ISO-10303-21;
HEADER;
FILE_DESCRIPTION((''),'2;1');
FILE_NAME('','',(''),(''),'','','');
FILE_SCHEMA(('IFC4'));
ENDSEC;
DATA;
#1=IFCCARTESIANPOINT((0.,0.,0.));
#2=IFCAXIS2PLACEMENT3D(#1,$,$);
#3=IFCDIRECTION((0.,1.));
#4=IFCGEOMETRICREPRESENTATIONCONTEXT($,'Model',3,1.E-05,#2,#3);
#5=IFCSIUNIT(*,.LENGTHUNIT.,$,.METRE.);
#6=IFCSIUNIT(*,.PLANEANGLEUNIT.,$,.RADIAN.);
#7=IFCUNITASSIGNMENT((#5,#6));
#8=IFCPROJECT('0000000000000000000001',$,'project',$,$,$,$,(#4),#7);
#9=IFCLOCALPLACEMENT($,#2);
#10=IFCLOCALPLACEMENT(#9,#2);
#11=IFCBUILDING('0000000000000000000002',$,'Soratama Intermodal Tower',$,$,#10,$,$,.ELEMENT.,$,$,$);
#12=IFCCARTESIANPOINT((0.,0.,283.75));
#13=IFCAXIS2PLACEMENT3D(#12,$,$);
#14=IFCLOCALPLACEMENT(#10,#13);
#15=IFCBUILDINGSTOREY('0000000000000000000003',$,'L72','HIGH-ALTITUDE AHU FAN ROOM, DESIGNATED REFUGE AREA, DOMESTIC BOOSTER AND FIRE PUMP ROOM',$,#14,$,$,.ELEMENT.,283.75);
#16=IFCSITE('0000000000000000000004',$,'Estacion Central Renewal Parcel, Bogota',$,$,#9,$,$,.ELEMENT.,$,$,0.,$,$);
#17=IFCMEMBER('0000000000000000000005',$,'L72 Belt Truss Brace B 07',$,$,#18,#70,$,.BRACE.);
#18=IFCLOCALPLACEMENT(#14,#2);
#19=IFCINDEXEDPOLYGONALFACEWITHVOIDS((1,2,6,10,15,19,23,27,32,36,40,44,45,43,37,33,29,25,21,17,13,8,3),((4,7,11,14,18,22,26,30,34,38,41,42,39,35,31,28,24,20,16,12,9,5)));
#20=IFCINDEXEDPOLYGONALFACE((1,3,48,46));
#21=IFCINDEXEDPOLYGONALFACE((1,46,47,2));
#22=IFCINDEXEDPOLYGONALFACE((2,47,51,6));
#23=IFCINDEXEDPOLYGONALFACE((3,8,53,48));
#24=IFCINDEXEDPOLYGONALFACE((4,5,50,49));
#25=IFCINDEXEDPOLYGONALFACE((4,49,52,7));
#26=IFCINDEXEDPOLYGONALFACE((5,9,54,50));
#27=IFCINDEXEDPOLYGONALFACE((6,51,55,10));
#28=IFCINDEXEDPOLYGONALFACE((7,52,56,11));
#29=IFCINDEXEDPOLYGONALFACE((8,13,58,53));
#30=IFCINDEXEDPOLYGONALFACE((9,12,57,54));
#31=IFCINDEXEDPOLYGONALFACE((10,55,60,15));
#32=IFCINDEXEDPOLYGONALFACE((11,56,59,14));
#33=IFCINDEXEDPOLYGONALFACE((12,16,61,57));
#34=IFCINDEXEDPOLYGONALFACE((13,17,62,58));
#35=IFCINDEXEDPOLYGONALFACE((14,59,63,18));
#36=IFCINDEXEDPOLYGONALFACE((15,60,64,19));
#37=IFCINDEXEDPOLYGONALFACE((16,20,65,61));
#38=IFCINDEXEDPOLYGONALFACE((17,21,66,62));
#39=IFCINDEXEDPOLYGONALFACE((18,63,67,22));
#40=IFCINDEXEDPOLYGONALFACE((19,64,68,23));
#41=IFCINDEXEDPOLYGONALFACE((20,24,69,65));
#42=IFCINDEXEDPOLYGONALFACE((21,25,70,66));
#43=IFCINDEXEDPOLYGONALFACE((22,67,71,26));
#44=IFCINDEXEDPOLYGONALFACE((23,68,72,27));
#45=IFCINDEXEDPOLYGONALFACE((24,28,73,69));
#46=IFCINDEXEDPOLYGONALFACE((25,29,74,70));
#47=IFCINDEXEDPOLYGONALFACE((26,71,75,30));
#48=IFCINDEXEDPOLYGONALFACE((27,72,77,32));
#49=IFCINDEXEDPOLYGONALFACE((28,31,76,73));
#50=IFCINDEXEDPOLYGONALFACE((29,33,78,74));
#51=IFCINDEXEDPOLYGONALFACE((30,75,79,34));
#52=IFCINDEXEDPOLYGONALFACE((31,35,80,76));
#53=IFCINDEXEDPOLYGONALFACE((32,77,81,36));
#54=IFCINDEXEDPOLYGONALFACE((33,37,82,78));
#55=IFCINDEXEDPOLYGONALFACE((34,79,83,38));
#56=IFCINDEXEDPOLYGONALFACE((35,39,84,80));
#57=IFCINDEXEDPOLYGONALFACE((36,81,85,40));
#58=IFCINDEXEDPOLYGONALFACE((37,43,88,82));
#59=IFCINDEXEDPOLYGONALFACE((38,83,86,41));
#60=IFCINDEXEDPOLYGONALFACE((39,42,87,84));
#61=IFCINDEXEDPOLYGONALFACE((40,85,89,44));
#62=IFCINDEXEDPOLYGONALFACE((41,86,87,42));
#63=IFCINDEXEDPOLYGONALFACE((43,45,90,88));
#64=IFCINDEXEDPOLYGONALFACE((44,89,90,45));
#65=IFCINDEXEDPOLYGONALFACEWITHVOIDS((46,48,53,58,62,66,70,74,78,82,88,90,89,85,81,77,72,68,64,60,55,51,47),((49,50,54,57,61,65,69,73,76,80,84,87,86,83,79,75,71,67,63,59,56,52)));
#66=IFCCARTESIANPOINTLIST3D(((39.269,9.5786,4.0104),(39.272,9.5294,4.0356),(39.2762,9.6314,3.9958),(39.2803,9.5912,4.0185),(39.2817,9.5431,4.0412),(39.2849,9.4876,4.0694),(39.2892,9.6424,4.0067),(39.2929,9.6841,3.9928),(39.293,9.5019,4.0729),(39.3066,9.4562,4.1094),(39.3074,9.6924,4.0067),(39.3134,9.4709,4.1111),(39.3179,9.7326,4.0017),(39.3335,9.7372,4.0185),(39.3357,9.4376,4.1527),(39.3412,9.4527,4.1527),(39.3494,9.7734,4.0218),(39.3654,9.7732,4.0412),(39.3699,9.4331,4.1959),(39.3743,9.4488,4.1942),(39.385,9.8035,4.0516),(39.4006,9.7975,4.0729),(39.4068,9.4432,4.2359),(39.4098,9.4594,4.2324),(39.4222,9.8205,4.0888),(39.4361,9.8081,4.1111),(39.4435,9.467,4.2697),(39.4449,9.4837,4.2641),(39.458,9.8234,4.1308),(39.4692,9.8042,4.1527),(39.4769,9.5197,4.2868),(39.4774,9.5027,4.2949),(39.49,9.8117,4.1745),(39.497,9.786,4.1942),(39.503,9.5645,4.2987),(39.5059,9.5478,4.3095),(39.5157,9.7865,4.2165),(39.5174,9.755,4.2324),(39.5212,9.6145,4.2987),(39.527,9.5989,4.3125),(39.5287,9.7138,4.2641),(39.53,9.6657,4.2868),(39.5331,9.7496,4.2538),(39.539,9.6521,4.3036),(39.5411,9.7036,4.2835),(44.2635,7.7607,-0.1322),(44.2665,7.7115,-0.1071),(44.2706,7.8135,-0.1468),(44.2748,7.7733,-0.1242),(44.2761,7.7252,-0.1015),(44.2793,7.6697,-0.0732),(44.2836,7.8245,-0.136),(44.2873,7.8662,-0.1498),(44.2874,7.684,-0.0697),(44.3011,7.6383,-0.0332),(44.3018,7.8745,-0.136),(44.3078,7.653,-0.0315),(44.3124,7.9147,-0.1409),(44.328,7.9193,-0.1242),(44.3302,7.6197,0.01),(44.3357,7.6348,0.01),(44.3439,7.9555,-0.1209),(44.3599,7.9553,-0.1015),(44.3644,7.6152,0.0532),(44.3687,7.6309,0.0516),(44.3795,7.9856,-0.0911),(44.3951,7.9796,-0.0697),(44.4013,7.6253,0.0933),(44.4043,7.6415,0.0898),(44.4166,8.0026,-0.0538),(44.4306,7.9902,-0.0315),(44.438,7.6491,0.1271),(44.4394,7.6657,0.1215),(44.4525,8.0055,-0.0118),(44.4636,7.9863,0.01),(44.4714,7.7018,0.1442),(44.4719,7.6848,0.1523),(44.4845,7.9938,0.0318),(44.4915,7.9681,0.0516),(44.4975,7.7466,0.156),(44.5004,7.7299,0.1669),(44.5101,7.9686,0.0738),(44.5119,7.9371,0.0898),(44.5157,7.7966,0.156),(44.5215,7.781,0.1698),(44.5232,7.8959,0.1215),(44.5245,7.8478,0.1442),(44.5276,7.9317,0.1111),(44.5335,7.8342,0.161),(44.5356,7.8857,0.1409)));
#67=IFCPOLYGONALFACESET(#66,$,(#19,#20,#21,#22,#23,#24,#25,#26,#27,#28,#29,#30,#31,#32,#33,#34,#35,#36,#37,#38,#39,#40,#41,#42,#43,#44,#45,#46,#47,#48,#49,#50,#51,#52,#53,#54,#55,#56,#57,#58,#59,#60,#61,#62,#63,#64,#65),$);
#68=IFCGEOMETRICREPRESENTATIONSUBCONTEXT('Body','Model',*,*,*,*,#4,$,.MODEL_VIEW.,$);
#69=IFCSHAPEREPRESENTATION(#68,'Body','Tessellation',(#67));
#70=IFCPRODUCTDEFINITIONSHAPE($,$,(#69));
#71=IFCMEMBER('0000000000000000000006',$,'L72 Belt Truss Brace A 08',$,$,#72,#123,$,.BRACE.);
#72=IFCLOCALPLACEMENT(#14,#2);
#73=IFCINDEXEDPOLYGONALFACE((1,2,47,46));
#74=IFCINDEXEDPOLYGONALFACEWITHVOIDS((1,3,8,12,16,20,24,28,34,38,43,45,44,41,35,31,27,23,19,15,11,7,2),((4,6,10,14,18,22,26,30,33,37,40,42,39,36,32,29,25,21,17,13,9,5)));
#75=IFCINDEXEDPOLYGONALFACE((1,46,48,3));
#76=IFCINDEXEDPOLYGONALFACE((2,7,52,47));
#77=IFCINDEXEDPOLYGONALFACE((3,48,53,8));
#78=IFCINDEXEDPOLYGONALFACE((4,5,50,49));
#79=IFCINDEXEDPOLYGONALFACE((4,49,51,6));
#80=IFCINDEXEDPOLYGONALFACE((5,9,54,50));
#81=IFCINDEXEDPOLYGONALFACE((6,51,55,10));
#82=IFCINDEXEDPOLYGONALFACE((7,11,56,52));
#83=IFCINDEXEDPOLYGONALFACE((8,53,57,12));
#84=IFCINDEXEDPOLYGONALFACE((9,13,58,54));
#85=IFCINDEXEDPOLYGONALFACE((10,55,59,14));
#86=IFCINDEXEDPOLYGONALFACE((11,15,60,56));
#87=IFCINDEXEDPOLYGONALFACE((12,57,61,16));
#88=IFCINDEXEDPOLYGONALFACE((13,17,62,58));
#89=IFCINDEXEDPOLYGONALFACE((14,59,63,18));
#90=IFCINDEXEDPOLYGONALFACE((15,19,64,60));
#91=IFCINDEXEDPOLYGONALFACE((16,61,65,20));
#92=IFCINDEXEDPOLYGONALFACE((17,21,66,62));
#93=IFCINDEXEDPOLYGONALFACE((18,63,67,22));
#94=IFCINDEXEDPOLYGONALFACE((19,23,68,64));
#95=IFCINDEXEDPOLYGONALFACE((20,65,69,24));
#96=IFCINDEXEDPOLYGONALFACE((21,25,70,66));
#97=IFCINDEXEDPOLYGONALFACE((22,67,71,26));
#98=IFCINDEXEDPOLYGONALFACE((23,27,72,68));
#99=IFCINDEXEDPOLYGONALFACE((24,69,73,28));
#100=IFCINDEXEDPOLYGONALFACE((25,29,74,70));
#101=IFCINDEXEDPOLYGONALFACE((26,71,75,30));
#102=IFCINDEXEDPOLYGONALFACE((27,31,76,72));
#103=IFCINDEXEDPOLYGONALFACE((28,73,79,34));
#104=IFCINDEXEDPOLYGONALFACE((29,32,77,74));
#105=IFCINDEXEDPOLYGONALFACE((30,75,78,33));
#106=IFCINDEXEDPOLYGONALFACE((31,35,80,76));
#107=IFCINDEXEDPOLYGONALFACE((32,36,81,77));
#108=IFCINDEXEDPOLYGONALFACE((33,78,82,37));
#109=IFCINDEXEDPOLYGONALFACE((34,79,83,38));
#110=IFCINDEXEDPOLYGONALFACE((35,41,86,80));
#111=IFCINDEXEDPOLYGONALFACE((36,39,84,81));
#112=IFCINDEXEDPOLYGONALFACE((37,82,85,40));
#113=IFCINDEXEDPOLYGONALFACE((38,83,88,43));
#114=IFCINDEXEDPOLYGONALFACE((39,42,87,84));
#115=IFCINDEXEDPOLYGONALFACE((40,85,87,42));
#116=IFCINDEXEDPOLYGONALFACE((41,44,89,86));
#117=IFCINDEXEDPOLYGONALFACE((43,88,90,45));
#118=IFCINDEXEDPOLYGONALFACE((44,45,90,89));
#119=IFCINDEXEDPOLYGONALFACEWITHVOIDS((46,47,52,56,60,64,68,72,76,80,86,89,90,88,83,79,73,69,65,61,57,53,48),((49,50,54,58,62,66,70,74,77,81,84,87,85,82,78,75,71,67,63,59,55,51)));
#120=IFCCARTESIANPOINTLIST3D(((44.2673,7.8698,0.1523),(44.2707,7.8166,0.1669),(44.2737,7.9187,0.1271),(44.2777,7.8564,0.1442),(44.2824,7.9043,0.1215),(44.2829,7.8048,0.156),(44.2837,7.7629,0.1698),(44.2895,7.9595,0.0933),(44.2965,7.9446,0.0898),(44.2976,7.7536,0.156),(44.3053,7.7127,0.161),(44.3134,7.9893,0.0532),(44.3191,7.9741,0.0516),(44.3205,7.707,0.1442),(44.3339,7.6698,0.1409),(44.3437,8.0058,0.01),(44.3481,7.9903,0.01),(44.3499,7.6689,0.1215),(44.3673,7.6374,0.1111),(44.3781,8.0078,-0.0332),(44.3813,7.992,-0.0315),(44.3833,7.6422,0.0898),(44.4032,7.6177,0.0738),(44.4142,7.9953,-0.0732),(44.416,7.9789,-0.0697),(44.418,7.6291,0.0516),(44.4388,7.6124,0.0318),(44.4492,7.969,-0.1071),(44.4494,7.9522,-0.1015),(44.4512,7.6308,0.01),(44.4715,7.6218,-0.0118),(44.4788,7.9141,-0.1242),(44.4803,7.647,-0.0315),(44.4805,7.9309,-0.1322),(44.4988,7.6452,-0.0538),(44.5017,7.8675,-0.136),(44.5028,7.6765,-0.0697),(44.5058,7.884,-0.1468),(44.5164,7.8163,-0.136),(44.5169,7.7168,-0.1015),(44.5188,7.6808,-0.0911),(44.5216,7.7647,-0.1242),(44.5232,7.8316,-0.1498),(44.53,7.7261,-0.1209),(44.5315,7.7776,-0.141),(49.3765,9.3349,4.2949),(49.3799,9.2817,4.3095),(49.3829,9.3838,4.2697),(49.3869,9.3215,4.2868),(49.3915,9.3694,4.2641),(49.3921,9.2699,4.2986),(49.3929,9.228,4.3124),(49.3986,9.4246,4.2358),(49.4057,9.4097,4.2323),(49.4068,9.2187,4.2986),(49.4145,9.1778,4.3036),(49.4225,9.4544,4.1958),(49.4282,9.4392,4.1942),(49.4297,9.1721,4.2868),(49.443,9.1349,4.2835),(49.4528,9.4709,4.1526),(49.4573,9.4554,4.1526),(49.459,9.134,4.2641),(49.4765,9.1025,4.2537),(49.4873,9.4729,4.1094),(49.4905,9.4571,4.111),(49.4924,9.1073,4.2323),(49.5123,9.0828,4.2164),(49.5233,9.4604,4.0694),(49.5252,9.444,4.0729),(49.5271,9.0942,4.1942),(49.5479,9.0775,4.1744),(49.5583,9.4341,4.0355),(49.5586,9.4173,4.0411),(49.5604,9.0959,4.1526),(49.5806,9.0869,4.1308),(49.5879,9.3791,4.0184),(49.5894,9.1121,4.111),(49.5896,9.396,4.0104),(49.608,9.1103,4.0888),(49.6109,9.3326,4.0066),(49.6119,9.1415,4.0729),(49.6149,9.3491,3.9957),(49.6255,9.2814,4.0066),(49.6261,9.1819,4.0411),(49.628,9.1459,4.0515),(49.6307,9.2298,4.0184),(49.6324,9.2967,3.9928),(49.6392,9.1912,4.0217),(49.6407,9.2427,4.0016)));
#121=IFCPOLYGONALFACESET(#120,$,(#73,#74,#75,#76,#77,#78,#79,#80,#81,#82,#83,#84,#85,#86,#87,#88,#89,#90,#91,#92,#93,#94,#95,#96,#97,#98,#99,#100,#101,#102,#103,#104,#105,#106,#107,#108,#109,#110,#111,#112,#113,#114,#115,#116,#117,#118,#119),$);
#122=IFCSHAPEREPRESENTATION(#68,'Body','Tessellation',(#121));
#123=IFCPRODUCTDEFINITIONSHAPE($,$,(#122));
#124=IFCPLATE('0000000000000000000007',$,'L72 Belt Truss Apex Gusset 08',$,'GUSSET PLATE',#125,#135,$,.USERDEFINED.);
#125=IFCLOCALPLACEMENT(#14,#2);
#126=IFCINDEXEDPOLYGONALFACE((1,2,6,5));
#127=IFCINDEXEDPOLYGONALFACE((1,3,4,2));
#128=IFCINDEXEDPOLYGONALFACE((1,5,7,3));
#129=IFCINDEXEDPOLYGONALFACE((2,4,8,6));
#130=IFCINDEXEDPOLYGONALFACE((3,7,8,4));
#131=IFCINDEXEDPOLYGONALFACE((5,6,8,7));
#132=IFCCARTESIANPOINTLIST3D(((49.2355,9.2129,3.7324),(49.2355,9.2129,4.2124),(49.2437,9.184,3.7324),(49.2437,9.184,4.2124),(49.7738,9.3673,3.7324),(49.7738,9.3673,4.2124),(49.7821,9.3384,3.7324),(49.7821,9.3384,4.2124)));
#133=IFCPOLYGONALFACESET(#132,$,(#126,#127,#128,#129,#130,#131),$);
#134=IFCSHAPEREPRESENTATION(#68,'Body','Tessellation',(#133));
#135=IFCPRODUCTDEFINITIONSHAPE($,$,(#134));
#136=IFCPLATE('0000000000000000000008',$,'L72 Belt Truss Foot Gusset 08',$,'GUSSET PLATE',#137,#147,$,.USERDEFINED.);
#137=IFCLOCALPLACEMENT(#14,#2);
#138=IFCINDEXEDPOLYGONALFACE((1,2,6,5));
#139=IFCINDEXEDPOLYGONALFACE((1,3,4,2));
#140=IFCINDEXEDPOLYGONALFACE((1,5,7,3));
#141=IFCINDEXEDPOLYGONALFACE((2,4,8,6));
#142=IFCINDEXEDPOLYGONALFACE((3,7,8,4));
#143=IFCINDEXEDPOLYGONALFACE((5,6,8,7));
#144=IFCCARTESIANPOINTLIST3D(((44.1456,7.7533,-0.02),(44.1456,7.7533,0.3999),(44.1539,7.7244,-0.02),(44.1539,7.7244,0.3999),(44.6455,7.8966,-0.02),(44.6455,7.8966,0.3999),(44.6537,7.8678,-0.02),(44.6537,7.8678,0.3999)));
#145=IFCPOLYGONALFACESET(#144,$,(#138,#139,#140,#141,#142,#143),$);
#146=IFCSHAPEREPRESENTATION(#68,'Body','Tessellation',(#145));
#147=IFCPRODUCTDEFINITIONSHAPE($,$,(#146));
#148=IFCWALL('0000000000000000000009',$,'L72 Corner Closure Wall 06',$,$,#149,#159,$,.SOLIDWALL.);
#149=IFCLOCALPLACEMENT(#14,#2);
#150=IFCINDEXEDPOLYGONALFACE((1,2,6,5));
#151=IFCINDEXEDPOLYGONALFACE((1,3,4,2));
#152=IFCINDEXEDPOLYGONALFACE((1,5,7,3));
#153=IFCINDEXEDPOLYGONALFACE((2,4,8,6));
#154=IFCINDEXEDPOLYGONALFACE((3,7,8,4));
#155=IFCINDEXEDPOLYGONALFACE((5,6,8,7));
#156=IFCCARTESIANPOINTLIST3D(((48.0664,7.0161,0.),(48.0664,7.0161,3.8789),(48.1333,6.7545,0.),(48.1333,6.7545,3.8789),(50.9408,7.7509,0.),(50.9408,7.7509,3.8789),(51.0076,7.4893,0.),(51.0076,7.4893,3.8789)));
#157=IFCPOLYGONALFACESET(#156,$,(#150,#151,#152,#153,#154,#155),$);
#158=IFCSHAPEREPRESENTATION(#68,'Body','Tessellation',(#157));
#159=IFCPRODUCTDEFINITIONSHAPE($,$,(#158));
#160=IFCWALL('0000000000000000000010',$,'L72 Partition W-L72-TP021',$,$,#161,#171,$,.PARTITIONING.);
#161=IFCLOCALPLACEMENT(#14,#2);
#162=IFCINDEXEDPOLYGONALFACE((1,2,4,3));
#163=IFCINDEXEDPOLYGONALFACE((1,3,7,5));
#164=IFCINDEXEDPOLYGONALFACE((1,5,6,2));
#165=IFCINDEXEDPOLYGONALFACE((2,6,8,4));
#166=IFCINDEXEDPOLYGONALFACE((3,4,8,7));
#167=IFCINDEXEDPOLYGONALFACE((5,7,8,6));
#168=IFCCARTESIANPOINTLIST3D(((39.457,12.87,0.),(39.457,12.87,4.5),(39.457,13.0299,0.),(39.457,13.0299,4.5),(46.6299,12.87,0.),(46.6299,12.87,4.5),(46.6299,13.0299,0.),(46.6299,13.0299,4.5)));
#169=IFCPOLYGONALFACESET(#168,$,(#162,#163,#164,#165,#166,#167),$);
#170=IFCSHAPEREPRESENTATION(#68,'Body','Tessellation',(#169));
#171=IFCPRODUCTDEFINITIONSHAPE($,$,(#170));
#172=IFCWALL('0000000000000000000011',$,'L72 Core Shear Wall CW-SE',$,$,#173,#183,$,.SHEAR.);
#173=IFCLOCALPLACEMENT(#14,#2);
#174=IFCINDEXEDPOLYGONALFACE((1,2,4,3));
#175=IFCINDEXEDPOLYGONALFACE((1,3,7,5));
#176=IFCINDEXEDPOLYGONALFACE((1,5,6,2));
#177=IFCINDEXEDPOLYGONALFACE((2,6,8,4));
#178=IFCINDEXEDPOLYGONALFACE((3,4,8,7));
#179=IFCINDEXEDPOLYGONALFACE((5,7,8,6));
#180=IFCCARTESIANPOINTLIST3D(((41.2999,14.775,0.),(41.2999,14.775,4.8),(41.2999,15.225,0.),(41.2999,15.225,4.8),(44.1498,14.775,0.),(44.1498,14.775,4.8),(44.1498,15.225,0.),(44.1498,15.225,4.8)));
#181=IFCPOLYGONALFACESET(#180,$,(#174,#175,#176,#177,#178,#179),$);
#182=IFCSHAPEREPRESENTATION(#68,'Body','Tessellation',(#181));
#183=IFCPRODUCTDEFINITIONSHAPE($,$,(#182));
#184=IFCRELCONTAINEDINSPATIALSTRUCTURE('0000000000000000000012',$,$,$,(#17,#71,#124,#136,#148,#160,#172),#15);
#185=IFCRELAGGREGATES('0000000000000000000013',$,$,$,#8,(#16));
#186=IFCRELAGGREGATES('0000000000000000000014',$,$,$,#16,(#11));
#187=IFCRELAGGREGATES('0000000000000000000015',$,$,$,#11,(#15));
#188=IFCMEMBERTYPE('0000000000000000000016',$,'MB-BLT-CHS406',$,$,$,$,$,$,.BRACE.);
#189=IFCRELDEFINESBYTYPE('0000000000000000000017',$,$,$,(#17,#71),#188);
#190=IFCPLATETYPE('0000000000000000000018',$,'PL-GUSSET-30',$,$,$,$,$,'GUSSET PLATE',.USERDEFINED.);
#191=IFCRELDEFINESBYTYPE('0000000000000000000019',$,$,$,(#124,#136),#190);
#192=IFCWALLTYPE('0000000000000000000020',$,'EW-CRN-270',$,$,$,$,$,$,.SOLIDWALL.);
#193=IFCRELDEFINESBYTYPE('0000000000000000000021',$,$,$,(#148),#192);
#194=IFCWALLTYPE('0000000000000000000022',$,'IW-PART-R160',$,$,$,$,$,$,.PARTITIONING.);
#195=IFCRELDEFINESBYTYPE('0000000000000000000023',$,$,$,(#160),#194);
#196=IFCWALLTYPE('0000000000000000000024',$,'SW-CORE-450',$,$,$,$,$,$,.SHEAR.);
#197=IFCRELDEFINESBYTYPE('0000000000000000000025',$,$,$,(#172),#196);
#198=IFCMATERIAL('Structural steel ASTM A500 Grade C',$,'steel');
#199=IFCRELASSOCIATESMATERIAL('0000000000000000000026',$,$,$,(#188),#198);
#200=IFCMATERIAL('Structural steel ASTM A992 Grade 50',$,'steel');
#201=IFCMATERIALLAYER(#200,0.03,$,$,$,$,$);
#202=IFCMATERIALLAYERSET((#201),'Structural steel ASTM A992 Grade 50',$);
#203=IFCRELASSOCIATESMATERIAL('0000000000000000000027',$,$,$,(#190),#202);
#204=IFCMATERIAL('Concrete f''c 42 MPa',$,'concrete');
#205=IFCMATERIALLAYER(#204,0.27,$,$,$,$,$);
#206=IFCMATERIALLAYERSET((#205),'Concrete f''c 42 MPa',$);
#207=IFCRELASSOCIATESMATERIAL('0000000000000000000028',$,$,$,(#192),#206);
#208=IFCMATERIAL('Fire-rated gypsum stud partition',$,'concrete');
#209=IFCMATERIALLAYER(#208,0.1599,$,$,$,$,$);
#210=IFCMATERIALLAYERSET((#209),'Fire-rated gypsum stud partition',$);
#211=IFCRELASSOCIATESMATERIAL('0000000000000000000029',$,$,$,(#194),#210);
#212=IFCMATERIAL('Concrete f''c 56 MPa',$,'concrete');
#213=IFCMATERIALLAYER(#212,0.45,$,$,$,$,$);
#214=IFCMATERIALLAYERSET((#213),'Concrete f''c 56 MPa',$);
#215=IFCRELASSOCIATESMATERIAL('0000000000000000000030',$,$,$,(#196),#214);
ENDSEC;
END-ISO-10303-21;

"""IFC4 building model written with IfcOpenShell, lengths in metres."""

from ifc_helpers import new_model, si_unit, direction, frame, frame_2d, origin, origin_2d, place, context, subcontext, project, spatial, rectangle, hollow_circle, extrude, material, layer, layer_set, material_profile, profile_set, type_object, element, save


model = new_model("IFC4")

# Units and contexts
model_context = context("Model", 3, precision=1e-05, world=origin(), true_north=direction((0.0, 1.0)))
body_context = subcontext(model_context, "Body", "Model", "MODEL_VIEW")
ifc_project = project(units=[si_unit("LENGTHUNIT", "METRE"), si_unit("PLANEANGLEUNIT", "RADIAN")], contexts=[model_context])

# Site, building, storey
site_placement = place(None, origin())
site = spatial("IfcSite", under=ifc_project, at=site_placement, Name="Estacion Central Renewal Parcel, Bogota", CompositionType="ELEMENT", RefElevation=0.0)
building_placement = place(site_placement, origin())
building = spatial("IfcBuilding", under=site, at=building_placement, Name="Soratama Intermodal Tower", CompositionType="ELEMENT")
storey_placement = place(building_placement, frame((0.0, 0.0, 283.75)))
storey = spatial("IfcBuildingStorey", under=building, at=storey_placement, Name="L72", Description="HIGH-ALTITUDE AHU FAN ROOM, DESIGNATED REFUGE AREA, DOMESTIC BOOSTER AND FIRE PUMP ROOM", CompositionType="ELEMENT", Elevation=283.75)

# Members
ifc_material_1 = material(Name="Structural steel ASTM A500 Grade C", Category="steel")
ifc_material_profile_1 = material_profile(ifc_material_1, hollow_circle(Radius=0.2031, WallThickness=0.0161, at=origin_2d()), Name="CHS406X16")
ifc_profile_set_1 = profile_set([ifc_material_profile_1], Name="Structural steel ASTM A500 Grade C")
member_type = type_object("IfcMemberType", Name="MB-BLT-CHS406", PredefinedType="BRACE", material=ifc_profile_set_1)
for number, where, z_axis, x_axis, name in (
    (1, (44.3997, 7.8105, 0.01), (-0.741154, 0.269768, 0.614748), (-0.342031, -0.939689, 0.0), "L72 Belt Truss Brace B 07"),
    (2, (44.3997, 7.8105, 0.01), (0.758173, 0.217413, 0.614741), (-0.275649, 0.961258, 0.0), "L72 Belt Truss Brace A 08"),
):
    element("IfcMember", number, at=place(storey_placement, frame(where, z_axis=z_axis, x_axis=x_axis)), inside=storey, type_object=member_type, Name=name, PredefinedType="BRACE", context=body_context, shape_type="SweptSolid", body=[
        extrude(hollow_circle(Radius=0.2031, WallThickness=0.0161, at=origin_2d()), origin(), (0.0, 0.0, 1.0), 6.7388),
    ])

# Plates
ifc_material_2 = material(Name="Structural steel ASTM A992 Grade 50", Category="steel")
ifc_layer_1 = layer(ifc_material_2, 0.03)
ifc_layer_set_1 = layer_set([ifc_layer_1], Name="Structural steel ASTM A992 Grade 50")
plate_type = type_object("IfcPlateType", Name="PL-GUSSET-30", ElementType="GUSSET PLATE", PredefinedType="USERDEFINED", material=ifc_layer_set_1)
plate_1_placement = place(storey_placement, frame((49.5088, 9.2756, 3.7324), z_axis=(0.0, 0.0, 1.0), x_axis=(0.961262, 0.275637, 0.0)))
element("IfcPlate", 3, at=plate_1_placement, inside=storey, type_object=plate_type, Name="L72 Belt Truss Apex Gusset 08", ObjectType="GUSSET PLATE", PredefinedType="USERDEFINED", context=body_context, shape_type="SweptSolid", body=[
    extrude(rectangle(XDim=0.5601, YDim=0.03, at=origin_2d()), origin(), (0.0, 0.0, 1.0), 0.48),
])
plate_2_placement = place(storey_placement, frame((44.3997, 7.8105, -0.02), z_axis=(0.0, 0.0, 1.0), x_axis=(0.961262, 0.275637, 0.0)))
element("IfcPlate", 4, at=plate_2_placement, inside=storey, type_object=plate_type, Name="L72 Belt Truss Foot Gusset 08", ObjectType="GUSSET PLATE", PredefinedType="USERDEFINED", context=body_context, shape_type="SweptSolid", body=[
    extrude(rectangle(XDim=0.52, YDim=0.03, at=origin_2d()), origin(), (0.0, 0.0, 1.0), 0.4199),
])

# Walls
ifc_material_3 = material(Name="Concrete f'c 42 MPa", Category="concrete")
ifc_layer_2 = layer(ifc_material_3, 0.27)
ifc_layer_set_2 = layer_set([ifc_layer_2], Name="Concrete f'c 42 MPa")
wall_type_1 = type_object("IfcWallType", Name="EW-CRN-270", PredefinedType="SOLIDWALL", material=ifc_layer_set_2)
wall_1_placement = place(storey_placement, frame((48.0999, 6.8853, 0.0), z_axis=(0.0, 0.0, 1.0), x_axis=(0.968836, 0.247702, 0.0)))
element("IfcWall", 5, at=wall_1_placement, inside=storey, type_object=wall_type_1, Name="L72 Corner Closure Wall 06", PredefinedType="SOLIDWALL", context=body_context, shape_type="SweptSolid", body=[
    extrude(rectangle(XDim=2.9668, YDim=0.27, at=frame_2d((1.4834, 0.0))), origin(), (0.0, 0.0, 1.0), 3.8789),
])
ifc_material_4 = material(Name="Fire-rated gypsum stud partition", Category="concrete")
ifc_layer_3 = layer(ifc_material_4, 0.1599)
ifc_layer_set_3 = layer_set([ifc_layer_3], Name="Fire-rated gypsum stud partition")
wall_type_2 = type_object("IfcWallType", Name="IW-PART-R160", PredefinedType="PARTITIONING", material=ifc_layer_set_3)
wall_2_placement = place(storey_placement, frame((46.6299, 12.95, 0.0), z_axis=(0.0, 0.0, 1.0), x_axis=(-1.0, 0.0, 0.0)))
element("IfcWall", 6, at=wall_2_placement, inside=storey, type_object=wall_type_2, Name="L72 Partition W-L72-TP021", PredefinedType="PARTITIONING", context=body_context, shape_type="SweptSolid", body=[
    extrude(rectangle(XDim=7.1729, YDim=0.1599, at=frame_2d((3.5864, 0.0))), origin(), (0.0, 0.0, 1.0), 4.5),
])
ifc_material_5 = material(Name="Concrete f'c 56 MPa", Category="concrete")
ifc_layer_4 = layer(ifc_material_5, 0.45)
ifc_layer_set_4 = layer_set([ifc_layer_4], Name="Concrete f'c 56 MPa")
wall_type_3 = type_object("IfcWallType", Name="SW-CORE-450", PredefinedType="SHEAR", material=ifc_layer_set_4)
wall_3_placement = place(storey_placement, frame((41.3, 15.0, 0.0), z_axis=(0.0, 0.0, 1.0), x_axis=(1.0, 0.0, 0.0)))
element("IfcWall", 7, at=wall_3_placement, inside=storey, type_object=wall_type_3, Name="L72 Core Shear Wall CW-SE", PredefinedType="SHEAR", context=body_context, shape_type="SweptSolid", body=[
    extrude(rectangle(XDim=2.8499, YDim=0.45, at=frame_2d((1.4248, 0.0))), origin(), (0.0, 0.0, 1.0), 4.8),
])

save(model, "model.ifc")
